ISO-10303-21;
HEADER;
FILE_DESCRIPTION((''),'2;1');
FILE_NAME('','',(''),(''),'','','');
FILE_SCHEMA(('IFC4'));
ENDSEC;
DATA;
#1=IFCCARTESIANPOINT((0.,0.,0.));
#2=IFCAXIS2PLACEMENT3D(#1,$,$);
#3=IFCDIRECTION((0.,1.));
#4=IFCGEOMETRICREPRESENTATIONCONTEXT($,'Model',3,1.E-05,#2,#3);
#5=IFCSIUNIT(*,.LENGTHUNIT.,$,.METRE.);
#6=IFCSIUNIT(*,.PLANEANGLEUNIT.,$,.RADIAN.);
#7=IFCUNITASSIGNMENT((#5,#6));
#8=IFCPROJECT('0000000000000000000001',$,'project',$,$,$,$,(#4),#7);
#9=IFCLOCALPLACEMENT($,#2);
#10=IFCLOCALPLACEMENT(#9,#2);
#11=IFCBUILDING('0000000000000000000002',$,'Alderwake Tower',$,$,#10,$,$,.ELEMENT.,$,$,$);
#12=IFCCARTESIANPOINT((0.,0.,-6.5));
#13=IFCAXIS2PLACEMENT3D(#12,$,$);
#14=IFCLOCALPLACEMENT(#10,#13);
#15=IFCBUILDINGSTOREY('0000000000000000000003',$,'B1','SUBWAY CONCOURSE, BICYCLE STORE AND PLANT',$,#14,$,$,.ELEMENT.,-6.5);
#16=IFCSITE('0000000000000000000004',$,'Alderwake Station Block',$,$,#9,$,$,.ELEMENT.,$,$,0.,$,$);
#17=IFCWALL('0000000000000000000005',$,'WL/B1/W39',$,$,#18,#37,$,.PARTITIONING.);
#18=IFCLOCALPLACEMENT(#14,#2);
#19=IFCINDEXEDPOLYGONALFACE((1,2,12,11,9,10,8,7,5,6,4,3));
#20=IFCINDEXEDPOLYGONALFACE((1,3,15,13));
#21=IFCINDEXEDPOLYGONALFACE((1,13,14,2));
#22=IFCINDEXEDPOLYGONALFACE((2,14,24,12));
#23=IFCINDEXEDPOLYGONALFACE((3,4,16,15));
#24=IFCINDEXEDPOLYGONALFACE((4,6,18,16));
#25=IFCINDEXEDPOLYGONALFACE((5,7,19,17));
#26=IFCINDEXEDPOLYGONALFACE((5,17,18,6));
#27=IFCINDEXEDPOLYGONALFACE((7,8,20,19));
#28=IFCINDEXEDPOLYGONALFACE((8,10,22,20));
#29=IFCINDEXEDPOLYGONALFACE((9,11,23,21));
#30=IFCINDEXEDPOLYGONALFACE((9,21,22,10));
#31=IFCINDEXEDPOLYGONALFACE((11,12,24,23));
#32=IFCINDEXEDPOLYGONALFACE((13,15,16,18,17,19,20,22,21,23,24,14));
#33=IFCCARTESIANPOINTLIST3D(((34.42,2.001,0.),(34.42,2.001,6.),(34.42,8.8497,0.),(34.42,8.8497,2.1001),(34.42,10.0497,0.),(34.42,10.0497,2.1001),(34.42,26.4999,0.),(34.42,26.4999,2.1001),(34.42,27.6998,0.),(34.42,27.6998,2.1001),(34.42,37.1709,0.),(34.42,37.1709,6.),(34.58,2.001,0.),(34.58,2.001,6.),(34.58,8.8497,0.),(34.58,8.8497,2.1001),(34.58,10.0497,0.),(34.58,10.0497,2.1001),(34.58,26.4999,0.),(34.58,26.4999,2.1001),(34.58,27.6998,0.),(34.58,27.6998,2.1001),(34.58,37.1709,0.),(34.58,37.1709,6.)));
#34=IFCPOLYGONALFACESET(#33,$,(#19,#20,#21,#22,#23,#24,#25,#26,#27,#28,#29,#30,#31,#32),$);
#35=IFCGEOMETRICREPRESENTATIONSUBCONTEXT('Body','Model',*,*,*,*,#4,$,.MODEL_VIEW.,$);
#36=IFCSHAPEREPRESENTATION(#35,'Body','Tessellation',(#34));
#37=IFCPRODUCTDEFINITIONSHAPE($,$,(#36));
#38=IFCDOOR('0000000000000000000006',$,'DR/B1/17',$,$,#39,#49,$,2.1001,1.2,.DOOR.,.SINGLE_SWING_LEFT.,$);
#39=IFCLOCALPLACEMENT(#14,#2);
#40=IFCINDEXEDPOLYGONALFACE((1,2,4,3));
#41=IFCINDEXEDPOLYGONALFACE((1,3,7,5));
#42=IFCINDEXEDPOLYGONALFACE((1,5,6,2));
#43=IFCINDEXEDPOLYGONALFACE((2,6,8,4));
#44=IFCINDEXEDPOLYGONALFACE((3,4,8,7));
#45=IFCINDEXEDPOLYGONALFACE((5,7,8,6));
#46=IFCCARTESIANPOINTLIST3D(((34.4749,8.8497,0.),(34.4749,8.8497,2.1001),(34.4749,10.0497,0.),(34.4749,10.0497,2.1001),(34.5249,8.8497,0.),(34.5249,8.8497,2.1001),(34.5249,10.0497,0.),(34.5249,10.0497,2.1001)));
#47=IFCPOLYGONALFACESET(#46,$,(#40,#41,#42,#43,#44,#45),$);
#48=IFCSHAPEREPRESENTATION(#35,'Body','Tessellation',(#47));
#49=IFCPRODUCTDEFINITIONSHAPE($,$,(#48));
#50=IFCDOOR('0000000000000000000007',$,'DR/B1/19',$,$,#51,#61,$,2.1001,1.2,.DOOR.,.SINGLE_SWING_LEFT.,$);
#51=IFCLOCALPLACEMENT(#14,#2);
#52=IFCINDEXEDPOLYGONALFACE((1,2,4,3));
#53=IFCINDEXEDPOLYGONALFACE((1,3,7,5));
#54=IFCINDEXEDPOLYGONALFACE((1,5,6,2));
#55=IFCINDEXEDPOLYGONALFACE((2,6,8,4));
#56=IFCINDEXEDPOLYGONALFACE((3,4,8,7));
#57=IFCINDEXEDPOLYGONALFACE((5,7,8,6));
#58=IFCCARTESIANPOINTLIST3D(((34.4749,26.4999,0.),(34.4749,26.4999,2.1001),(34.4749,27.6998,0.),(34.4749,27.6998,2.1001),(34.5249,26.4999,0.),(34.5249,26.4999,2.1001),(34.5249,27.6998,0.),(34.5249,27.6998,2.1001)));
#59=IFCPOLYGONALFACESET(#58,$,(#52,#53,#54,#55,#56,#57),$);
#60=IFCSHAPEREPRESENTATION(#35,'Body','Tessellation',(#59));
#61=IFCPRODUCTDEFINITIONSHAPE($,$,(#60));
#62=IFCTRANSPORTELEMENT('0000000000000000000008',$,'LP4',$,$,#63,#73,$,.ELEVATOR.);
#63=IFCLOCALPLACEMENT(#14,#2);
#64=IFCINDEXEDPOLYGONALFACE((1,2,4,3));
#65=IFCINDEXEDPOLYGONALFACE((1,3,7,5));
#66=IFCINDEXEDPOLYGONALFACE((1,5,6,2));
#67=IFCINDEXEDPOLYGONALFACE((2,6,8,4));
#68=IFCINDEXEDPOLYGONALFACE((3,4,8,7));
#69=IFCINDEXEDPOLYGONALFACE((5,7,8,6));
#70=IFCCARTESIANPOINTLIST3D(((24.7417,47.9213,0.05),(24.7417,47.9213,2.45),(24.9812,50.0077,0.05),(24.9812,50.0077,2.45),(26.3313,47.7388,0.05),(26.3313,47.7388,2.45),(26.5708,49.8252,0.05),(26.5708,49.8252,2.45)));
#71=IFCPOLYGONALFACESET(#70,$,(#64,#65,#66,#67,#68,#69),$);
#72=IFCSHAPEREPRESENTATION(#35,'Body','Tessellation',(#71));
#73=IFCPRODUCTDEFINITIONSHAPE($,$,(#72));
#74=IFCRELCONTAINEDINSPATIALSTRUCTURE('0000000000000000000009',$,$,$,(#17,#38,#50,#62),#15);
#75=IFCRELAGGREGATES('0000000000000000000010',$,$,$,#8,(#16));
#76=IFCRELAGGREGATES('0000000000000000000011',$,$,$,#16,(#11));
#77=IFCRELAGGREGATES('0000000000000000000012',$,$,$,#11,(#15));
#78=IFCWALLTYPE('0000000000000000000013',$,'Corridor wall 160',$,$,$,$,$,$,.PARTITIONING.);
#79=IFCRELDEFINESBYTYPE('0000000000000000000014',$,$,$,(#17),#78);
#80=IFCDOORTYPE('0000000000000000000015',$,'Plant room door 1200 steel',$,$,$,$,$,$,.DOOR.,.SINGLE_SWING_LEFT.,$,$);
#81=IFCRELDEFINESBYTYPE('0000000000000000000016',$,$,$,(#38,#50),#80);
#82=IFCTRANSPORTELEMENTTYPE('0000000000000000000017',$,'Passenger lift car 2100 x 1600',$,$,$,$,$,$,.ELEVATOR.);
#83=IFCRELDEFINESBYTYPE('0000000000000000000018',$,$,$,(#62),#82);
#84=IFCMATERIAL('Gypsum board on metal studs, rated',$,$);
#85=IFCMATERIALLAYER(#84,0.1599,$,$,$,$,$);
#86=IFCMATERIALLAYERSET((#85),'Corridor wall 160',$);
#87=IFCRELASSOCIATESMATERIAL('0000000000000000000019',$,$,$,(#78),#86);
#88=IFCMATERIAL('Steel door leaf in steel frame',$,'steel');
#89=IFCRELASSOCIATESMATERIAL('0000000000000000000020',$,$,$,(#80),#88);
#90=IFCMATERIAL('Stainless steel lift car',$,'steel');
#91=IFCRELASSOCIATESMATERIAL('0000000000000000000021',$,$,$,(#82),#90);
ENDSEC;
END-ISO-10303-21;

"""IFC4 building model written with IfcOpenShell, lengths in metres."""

from ifc_helpers import new_model, si_unit, direction, frame, frame_2d, origin, origin_2d, place, context, subcontext, project, spatial, rectangle, extrude, material, layer, layer_set, type_object, element, fill, save


model = new_model("IFC4")

# Units and contexts
model_context = context("Model", 3, precision=1e-05, world=origin(), true_north=direction((0.0, 1.0)))
body_context = subcontext(model_context, "Body", "Model", "MODEL_VIEW")
ifc_project = project(units=[si_unit("LENGTHUNIT", "METRE"), si_unit("PLANEANGLEUNIT", "RADIAN")], contexts=[model_context])

# Site, building, storey
site_placement = place(None, origin())
site = spatial("IfcSite", under=ifc_project, at=site_placement, Name="Alderwake Station Block", CompositionType="ELEMENT", RefElevation=0.0)
building_placement = place(site_placement, origin())
building = spatial("IfcBuilding", under=site, at=building_placement, Name="Alderwake Tower", CompositionType="ELEMENT")
storey_placement = place(building_placement, frame((0.0, 0.0, -6.5)))
storey = spatial("IfcBuildingStorey", under=building, at=storey_placement, Name="B1", Description="SUBWAY CONCOURSE, BICYCLE STORE AND PLANT", CompositionType="ELEMENT", Elevation=-6.5)

# Wall, openings, doors
ifc_material_1 = material(Name="Gypsum board on metal studs, rated")
ifc_layer_1 = layer(ifc_material_1, 0.1599)
ifc_layer_set_1 = layer_set([ifc_layer_1], Name="Corridor wall 160")
wall_type_1 = type_object("IfcWallType", Name="Corridor wall 160", PredefinedType="PARTITIONING", material=ifc_layer_set_1)
wall_1_placement = place(storey_placement, frame((34.5, 37.1709, 0.0), z_axis=(0.0, 0.0, 1.0), x_axis=(0.0, -1.0, 0.0)))
wall_1 = element("IfcWall", 1, at=wall_1_placement, inside=storey, type_object=wall_type_1, Name="WL/B1/W39", PredefinedType="PARTITIONING", context=body_context, shape_type="SweptSolid", body=[
    extrude(rectangle(XDim=35.1699, YDim=0.1599, at=frame_2d((17.585, 0.0))), origin(), (0.0, 0.0, 1.0), 6.0),
])
opening_1_placement = place(wall_1_placement, frame((27.1211, 0.0, 0.0)))
opening_1 = element("IfcOpeningElement", 2, at=opening_1_placement, cuts=wall_1, PredefinedType="OPENING", context=body_context, shape_type="SweptSolid", body=[
    extrude(rectangle(XDim=1.2, YDim=2.1001, at=frame_2d((0.6001, 1.05))), frame((0.0, 0.0898, 0.0), z_axis=(0.0, -1.0, 0.0), x_axis=(1.0, 0.0, 0.0)), (0.0, 0.0, 1.0), 0.1799),
])
opening_2_placement = place(wall_1_placement, frame((9.4709, 0.0, 0.0)))
opening_2 = element("IfcOpeningElement", 3, at=opening_2_placement, cuts=wall_1, PredefinedType="OPENING", context=body_context, shape_type="SweptSolid", body=[
    extrude(rectangle(XDim=1.2, YDim=2.1001, at=frame_2d((0.6001, 1.05))), frame((0.0, 0.0898, 0.0), z_axis=(0.0, -1.0, 0.0), x_axis=(1.0, 0.0, 0.0)), (0.0, 0.0, 1.0), 0.1799),
])
ifc_material_2 = material(Name="Steel door leaf in steel frame", Category="steel")
door_type_1 = type_object("IfcDoorType", Name="Plant room door 1200 steel", OperationType="SINGLE_SWING_LEFT", PredefinedType="DOOR", material=ifc_material_2)
door_1_placement = place(opening_1_placement, origin())
door_1 = element("IfcDoor", 4, at=door_1_placement, inside=storey, type_object=door_type_1, Name="DR/B1/17", OperationType="SINGLE_SWING_LEFT", OverallHeight=2.1001, OverallWidth=1.2, PredefinedType="DOOR", context=body_context, shape_type="SweptSolid", body=[
    extrude(rectangle(XDim=1.2, YDim=2.1001, at=frame_2d((0.6001, 1.05))), frame((0.0, 0.0249, 0.0), z_axis=(0.0, -1.0, 0.0), x_axis=(1.0, 0.0, 0.0)), (0.0, 0.0, 1.0), 0.05),
])
fill(opening_1, door_1)
door_2_placement = place(opening_2_placement, origin())
door_2 = element("IfcDoor", 5, at=door_2_placement, inside=storey, type_object=door_type_1, Name="DR/B1/19", OperationType="SINGLE_SWING_LEFT", OverallHeight=2.1001, OverallWidth=1.2, PredefinedType="DOOR", context=body_context, shape_type="SweptSolid", body=[
    extrude(rectangle(XDim=1.2, YDim=2.1001, at=frame_2d((0.6001, 1.05))), frame((0.0, 0.0249, 0.0), z_axis=(0.0, -1.0, 0.0), x_axis=(1.0, 0.0, 0.0)), (0.0, 0.0, 1.0), 0.05),
])
fill(opening_2, door_2)

# Transport element
ifc_material_3 = material(Name="Stainless steel lift car", Category="steel")
transport_element_type = type_object("IfcTransportElementType", Name="Passenger lift car 2100 x 1600", PredefinedType="ELEVATOR", material=ifc_material_3)
transport_element_placement = place(storey_placement, frame((25.6562, 48.8733, 0.05), z_axis=(0.0, 0.0, 1.0), x_axis=(0.993475, -0.114051, 0.0)))
element("IfcTransportElement", 6, at=transport_element_placement, inside=storey, type_object=transport_element_type, Name="LP4", PredefinedType="ELEVATOR", context=body_context, shape_type="SweptSolid", body=[
    extrude(rectangle(XDim=1.6001, YDim=2.1001, at=origin_2d()), origin(), (0.0, 0.0, 1.0), 2.3999),
])

save(model, "model.ifc")
